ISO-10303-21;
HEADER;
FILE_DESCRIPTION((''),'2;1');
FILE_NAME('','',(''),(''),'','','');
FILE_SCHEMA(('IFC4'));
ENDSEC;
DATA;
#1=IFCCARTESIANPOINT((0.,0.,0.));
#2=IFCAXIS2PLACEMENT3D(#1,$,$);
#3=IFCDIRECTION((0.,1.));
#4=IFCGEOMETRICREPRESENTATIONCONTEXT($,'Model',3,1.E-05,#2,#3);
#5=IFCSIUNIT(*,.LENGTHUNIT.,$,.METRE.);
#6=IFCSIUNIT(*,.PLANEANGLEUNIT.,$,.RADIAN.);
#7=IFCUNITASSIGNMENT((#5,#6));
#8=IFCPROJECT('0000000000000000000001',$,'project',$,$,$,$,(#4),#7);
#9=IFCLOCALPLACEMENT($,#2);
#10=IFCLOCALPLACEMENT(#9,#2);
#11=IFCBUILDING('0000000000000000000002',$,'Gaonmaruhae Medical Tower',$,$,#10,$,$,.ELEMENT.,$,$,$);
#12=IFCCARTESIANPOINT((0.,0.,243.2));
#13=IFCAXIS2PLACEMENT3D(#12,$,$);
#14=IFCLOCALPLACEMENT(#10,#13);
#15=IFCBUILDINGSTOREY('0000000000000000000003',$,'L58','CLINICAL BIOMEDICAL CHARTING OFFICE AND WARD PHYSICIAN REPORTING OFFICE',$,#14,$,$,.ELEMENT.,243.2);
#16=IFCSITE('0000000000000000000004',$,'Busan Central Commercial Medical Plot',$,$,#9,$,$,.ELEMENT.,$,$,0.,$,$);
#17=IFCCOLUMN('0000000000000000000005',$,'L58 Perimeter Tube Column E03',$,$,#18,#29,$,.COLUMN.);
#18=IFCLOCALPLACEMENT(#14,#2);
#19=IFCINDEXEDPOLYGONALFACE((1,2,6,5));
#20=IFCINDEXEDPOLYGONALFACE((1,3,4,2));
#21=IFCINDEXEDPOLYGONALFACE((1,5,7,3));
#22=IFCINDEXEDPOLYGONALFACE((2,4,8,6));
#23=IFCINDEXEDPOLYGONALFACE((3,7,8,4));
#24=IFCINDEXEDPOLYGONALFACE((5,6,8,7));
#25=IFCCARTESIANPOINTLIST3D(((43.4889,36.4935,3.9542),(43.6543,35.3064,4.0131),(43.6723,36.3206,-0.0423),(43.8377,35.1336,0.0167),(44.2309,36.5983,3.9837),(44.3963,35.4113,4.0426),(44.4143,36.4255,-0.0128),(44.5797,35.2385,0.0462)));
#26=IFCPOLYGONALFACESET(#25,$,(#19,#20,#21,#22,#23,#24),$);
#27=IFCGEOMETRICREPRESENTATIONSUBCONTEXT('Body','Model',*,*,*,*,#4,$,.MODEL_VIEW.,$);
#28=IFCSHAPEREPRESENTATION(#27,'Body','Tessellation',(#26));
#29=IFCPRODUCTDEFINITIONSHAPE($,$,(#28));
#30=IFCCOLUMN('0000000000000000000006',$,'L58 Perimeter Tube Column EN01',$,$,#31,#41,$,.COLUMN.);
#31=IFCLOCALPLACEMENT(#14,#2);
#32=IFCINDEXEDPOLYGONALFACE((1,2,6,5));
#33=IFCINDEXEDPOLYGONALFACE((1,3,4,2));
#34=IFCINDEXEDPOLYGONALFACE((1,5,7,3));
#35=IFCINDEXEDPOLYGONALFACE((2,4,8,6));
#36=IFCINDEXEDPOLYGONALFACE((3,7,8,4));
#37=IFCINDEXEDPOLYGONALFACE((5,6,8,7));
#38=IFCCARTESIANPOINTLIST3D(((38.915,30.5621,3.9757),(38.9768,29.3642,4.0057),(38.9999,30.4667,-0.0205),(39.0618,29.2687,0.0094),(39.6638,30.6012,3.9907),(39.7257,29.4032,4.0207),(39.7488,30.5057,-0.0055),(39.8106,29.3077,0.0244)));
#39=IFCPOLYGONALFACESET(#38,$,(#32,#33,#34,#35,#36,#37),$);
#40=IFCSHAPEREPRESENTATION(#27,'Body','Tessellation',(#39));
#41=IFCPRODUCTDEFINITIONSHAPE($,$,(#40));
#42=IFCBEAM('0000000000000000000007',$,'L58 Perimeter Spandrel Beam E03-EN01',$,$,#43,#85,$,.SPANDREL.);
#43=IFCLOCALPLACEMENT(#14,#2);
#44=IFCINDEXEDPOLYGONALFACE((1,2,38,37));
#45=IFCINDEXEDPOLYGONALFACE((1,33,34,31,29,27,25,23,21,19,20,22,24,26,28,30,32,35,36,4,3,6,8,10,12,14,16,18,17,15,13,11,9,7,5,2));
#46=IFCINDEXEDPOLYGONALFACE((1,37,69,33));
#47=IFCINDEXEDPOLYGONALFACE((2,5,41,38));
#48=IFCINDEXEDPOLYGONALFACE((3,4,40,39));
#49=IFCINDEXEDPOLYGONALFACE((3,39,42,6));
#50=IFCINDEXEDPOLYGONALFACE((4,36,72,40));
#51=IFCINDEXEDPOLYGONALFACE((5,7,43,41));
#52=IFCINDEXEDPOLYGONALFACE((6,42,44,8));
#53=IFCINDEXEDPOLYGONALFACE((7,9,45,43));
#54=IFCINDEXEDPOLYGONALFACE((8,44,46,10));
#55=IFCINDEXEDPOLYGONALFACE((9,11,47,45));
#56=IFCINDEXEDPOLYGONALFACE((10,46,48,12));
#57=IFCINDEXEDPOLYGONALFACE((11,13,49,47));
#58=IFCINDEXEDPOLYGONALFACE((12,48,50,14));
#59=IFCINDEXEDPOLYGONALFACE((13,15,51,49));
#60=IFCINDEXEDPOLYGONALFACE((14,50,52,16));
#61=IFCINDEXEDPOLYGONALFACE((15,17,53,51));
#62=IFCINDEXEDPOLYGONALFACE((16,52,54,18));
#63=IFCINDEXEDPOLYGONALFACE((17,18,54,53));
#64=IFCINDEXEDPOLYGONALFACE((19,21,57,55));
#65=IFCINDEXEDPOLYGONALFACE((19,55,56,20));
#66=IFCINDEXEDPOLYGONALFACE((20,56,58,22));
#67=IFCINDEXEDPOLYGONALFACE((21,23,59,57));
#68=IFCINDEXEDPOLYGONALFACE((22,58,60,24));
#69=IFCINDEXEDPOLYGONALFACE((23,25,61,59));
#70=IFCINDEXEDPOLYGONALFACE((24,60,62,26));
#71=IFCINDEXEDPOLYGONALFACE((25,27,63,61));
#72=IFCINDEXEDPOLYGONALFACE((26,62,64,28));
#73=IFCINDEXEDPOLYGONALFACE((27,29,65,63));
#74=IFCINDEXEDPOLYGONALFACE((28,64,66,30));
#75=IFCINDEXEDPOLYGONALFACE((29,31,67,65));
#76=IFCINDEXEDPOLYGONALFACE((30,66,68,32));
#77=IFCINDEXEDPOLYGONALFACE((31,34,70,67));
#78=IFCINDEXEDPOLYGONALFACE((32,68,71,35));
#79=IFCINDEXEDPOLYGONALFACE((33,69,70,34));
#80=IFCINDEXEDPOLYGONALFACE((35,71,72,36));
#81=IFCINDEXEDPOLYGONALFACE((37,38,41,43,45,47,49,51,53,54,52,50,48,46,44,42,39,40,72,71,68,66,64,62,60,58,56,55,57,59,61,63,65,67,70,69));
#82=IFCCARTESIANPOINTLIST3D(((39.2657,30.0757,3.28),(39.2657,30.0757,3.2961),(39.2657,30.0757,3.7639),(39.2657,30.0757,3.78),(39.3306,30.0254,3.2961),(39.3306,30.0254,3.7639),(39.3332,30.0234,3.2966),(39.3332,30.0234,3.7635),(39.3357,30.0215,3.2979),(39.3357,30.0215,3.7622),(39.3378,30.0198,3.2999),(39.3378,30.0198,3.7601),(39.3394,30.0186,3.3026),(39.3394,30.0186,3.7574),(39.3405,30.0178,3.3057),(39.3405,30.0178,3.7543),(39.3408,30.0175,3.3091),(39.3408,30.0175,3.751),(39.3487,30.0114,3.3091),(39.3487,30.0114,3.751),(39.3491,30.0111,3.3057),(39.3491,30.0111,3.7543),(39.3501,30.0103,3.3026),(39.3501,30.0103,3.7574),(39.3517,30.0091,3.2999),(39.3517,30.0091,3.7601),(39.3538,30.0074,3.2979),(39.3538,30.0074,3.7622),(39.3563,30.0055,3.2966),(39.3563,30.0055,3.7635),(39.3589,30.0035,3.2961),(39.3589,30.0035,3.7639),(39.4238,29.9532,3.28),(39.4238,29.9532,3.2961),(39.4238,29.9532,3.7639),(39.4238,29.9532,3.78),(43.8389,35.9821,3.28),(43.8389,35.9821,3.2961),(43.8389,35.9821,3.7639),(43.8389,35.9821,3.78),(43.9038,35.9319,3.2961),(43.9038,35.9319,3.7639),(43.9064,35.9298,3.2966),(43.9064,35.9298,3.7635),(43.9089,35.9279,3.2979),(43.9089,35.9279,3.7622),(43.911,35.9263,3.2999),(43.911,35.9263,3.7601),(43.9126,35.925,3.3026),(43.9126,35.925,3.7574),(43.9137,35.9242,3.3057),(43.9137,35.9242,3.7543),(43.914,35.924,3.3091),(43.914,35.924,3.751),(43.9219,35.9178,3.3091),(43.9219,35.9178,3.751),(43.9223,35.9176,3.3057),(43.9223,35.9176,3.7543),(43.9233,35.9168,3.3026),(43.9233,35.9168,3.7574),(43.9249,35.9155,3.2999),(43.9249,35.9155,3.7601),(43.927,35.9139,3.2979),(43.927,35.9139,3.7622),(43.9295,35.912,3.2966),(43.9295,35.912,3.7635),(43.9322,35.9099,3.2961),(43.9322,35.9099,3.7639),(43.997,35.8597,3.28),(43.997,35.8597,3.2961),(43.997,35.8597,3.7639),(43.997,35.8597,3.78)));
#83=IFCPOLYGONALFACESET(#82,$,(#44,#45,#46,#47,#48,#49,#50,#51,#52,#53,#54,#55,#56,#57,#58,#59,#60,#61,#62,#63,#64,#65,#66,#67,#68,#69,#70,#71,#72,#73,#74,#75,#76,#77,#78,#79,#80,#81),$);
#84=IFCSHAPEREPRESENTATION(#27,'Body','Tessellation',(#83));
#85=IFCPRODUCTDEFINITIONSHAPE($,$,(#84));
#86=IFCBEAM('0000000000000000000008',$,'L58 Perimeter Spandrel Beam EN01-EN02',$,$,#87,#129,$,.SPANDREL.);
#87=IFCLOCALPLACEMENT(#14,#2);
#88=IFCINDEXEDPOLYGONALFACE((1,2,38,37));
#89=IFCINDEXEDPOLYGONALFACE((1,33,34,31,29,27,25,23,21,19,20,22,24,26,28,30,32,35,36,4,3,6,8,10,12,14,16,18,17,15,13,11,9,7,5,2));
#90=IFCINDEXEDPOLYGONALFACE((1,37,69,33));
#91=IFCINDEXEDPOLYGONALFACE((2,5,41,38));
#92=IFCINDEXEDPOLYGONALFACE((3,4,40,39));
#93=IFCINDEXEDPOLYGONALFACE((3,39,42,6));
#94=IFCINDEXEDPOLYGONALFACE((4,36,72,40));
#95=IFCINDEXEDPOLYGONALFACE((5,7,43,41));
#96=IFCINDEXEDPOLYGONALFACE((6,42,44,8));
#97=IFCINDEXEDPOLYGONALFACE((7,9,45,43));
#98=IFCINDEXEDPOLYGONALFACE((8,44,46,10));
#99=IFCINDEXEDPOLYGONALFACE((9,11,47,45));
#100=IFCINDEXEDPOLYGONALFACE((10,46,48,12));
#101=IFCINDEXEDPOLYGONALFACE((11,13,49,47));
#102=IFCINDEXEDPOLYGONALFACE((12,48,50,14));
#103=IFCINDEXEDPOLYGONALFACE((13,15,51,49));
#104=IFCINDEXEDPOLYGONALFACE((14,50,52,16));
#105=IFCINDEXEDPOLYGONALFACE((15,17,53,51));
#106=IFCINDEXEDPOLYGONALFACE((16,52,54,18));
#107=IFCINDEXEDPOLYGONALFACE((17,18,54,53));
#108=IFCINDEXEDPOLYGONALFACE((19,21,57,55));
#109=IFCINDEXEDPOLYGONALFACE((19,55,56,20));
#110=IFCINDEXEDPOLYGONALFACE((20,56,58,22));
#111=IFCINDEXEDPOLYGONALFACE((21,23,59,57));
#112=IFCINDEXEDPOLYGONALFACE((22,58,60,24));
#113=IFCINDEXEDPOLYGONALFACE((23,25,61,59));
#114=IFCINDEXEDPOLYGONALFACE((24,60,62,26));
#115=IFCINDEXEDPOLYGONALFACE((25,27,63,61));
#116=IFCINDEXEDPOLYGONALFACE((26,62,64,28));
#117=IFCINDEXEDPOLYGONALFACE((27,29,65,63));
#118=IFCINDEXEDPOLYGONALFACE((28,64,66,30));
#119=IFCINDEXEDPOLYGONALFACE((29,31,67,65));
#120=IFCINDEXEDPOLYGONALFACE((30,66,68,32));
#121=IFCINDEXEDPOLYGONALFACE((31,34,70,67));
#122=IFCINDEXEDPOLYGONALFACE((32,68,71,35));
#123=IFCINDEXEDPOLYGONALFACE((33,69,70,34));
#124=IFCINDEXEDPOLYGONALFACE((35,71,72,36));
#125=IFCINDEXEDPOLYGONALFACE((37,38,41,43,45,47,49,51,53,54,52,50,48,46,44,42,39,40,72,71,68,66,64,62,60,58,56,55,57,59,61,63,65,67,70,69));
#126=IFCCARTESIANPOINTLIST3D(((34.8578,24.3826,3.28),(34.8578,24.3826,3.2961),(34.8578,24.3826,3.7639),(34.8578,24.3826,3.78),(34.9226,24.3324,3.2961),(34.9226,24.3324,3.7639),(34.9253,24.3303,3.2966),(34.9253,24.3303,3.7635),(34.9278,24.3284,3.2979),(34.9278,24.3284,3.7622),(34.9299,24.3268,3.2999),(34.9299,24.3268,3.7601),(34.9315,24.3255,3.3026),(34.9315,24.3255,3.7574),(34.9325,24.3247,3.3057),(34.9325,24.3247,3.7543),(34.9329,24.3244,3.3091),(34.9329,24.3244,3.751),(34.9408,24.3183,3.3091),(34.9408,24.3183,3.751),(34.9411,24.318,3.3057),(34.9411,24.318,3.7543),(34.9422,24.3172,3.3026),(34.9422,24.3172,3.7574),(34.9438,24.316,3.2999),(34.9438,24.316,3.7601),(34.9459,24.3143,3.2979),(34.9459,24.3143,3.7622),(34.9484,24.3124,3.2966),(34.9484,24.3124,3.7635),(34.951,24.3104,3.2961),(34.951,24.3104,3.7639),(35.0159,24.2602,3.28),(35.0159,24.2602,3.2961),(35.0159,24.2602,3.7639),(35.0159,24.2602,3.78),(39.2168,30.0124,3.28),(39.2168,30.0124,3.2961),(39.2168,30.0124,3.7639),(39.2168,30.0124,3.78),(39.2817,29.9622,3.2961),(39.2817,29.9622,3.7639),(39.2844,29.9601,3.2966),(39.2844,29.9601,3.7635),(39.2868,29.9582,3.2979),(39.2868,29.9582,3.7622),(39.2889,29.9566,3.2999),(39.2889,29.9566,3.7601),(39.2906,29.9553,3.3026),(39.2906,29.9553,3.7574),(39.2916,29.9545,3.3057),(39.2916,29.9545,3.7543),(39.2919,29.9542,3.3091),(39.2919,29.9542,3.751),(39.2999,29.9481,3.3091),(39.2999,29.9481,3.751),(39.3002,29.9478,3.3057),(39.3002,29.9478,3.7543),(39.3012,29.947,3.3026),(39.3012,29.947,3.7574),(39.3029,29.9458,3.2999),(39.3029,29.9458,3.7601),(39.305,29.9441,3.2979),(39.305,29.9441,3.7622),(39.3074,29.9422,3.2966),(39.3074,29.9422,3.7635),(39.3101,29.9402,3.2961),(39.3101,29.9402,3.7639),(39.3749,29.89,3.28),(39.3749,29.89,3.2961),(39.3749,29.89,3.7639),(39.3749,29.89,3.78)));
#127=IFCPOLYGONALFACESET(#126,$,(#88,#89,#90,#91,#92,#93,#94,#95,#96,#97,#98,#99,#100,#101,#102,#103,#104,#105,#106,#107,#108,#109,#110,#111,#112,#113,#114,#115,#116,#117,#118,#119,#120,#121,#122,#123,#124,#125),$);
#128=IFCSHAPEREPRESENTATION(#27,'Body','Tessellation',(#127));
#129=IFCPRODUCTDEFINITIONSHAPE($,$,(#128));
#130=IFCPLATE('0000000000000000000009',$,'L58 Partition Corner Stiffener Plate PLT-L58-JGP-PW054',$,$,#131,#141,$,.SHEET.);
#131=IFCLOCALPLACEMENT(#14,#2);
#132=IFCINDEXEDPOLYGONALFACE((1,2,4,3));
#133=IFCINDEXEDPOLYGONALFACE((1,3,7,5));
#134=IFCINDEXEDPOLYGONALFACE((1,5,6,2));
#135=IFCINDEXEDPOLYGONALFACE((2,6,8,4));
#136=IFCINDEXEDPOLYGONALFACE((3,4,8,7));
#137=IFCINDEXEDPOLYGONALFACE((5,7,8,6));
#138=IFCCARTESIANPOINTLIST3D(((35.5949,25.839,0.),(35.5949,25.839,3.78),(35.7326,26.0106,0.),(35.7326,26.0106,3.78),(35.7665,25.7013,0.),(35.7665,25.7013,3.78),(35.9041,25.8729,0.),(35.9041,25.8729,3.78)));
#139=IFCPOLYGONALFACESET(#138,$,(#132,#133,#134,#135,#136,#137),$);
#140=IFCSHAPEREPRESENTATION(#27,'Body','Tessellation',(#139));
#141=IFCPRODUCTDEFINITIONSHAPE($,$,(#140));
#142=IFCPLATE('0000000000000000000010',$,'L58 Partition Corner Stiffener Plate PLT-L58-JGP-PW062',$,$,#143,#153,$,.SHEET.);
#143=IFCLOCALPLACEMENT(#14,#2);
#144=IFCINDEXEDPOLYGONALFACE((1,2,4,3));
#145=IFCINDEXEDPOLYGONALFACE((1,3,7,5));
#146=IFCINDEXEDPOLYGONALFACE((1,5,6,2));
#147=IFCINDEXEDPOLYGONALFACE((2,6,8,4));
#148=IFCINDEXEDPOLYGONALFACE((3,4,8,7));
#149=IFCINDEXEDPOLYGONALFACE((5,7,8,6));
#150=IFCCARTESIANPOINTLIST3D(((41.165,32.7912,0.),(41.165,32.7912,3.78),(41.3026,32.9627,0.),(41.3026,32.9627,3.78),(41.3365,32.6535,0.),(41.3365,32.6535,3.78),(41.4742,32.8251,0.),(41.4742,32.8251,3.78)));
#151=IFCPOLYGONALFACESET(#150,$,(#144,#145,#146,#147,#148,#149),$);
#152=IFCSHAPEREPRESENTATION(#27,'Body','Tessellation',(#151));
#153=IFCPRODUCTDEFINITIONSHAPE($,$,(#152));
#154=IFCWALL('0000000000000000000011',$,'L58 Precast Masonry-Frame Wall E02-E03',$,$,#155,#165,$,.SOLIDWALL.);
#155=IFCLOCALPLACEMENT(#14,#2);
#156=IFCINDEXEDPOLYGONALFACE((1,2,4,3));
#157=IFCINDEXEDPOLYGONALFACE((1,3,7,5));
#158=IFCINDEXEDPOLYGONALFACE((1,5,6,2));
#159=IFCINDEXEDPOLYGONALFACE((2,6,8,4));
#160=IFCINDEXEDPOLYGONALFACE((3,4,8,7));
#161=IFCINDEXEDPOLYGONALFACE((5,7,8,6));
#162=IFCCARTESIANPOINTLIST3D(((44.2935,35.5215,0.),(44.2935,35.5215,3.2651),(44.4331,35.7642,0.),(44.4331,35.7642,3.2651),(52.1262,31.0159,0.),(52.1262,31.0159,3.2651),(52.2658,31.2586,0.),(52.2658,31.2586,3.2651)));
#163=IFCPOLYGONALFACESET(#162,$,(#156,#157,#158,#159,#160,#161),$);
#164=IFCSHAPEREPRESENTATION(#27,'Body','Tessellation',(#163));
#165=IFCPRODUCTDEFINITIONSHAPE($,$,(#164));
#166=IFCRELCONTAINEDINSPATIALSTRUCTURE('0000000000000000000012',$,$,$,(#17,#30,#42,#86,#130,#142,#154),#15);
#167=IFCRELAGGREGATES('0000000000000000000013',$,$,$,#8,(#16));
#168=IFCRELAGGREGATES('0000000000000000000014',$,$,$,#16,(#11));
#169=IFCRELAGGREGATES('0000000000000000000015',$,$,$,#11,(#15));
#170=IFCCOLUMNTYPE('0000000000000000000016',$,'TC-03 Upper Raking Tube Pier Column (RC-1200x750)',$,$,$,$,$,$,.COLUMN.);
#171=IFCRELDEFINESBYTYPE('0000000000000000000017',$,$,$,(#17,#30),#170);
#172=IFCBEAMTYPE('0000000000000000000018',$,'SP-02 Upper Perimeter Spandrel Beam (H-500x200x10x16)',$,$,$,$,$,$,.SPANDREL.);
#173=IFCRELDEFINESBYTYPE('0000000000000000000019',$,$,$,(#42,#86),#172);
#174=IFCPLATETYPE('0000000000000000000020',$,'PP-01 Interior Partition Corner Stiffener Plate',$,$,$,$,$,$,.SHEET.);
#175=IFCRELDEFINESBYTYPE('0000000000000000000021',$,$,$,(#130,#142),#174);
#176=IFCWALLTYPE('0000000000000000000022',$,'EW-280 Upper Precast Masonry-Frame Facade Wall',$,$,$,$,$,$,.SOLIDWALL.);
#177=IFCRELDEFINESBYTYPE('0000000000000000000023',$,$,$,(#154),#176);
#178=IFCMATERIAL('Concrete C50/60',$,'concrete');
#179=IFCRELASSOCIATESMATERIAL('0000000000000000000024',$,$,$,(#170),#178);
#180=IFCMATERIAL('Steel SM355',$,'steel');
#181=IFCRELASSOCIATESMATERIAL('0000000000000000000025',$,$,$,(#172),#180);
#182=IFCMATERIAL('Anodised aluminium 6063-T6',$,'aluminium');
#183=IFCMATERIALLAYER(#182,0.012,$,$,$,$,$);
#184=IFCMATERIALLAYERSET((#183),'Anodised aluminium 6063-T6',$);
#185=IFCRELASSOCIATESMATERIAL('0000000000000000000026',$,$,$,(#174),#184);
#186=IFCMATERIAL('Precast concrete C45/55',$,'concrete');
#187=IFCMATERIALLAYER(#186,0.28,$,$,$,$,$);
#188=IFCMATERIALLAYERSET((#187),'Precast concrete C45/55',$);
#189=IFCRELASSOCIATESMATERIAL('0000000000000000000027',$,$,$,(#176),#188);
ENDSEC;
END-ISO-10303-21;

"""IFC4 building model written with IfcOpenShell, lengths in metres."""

from ifc_helpers import new_model, si_unit, direction, frame, frame_2d, origin, origin_2d, place, context, subcontext, project, spatial, rectangle, i_section, extrude, material, layer, layer_set, material_profile, profile_set, type_object, element, save


model = new_model("IFC4")

# Units and contexts
model_context = context("Model", 3, precision=1e-05, world=origin(), true_north=direction((0.0, 1.0)))
body_context = subcontext(model_context, "Body", "Model", "MODEL_VIEW")
ifc_project = project(units=[si_unit("LENGTHUNIT", "METRE"), si_unit("PLANEANGLEUNIT", "RADIAN")], contexts=[model_context])

# Site, building, storey
site_placement = place(None, origin())
site = spatial("IfcSite", under=ifc_project, at=site_placement, Name="Busan Central Commercial Medical Plot", CompositionType="ELEMENT", RefElevation=0.0)
building_placement = place(site_placement, origin())
building = spatial("IfcBuilding", under=site, at=building_placement, Name="Gaonmaruhae Medical Tower", CompositionType="ELEMENT")
storey_placement = place(building_placement, frame((0.0, 0.0, 243.2)))
storey = spatial("IfcBuildingStorey", under=building, at=storey_placement, Name="L58", Description="CLINICAL BIOMEDICAL CHARTING OFFICE AND WARD PHYSICIAN REPORTING OFFICE", CompositionType="ELEMENT", Elevation=243.2)

# Columns
ifc_material_1 = material(Name="Concrete C50/60", Category="concrete")
ifc_material_profile_1 = material_profile(ifc_material_1, rectangle(XDim=1.2, YDim=0.75, at=origin_2d()), Name="RC-1200x750")
ifc_profile_set_1 = profile_set([ifc_material_profile_1], Name="Concrete C50/60")
column_type = type_object("IfcColumnType", Name="TC-03 Upper Raking Tube Pier Column (RC-1200x750)", PredefinedType="COLUMN", material=ifc_profile_set_1)
column_1_placement = place(storey_placement, frame((44.126, 35.7795, 0.002), z_axis=(-0.045788, 0.043167, 0.998018), x_axis=(0.137843, -0.989236, 0.049111)))
element("IfcColumn", 1, at=column_1_placement, inside=storey, type_object=column_type, Name="L58 Perimeter Tube Column E03", PredefinedType="COLUMN", context=body_context, shape_type="SweptSolid", body=[
    extrude(rectangle(XDim=1.2, YDim=0.75, at=origin_2d()), origin(), (0.0, 0.0, 1.0), 4.0044),
])
column_2_placement = place(storey_placement, frame((39.4053, 29.8872, 0.002), z_axis=(-0.021249, 0.023874, 0.999489), x_axis=(0.051546, -0.998359, 0.024943)))
element("IfcColumn", 2, at=column_2_placement, inside=storey, type_object=column_type, Name="L58 Perimeter Tube Column EN01", PredefinedType="COLUMN", context=body_context, shape_type="SweptSolid", body=[
    extrude(rectangle(XDim=1.2, YDim=0.75, at=origin_2d()), origin(), (0.0, 0.0, 1.0), 3.9983),
])

# Beams
ifc_material_2 = material(Name="Steel SM355", Category="steel")
ifc_material_profile_2 = material_profile(ifc_material_2, i_section(OverallWidth=0.2, OverallDepth=0.5, WebThickness=0.01, FlangeThickness=0.0161, FilletRadius=0.0129, at=origin_2d()), Name="H-500x200x10x16")
ifc_profile_set_2 = profile_set([ifc_material_profile_2], Name="Steel SM355")
beam_type = type_object("IfcBeamType", Name="SP-02 Upper Perimeter Spandrel Beam (H-500x200x10x16)", PredefinedType="SPANDREL", material=ifc_profile_set_2)
beam_1_placement = place(storey_placement, frame((43.918, 35.9209, 3.53), z_axis=(-0.612213, -0.790693, 0.0), x_axis=(0.790693, -0.612213, 0.0)))
element("IfcBeam", 3, at=beam_1_placement, inside=storey, type_object=beam_type, Name="L58 Perimeter Spandrel Beam E03-EN01", PredefinedType="SPANDREL", context=body_context, shape_type="SweptSolid", body=[
    extrude(i_section(OverallWidth=0.2, OverallDepth=0.5, WebThickness=0.01, FlangeThickness=0.0161, FilletRadius=0.0129, at=origin_2d()), origin(), (0.0, 0.0, 1.0), 7.47),
])
beam_2_placement = place(storey_placement, frame((39.2959, 29.9512, 3.53), z_axis=(-0.612218, -0.790689, 0.0), x_axis=(0.790689, -0.612218, 0.0)))
element("IfcBeam", 4, at=beam_2_placement, inside=storey, type_object=beam_type, Name="L58 Perimeter Spandrel Beam EN01-EN02", PredefinedType="SPANDREL", context=body_context, shape_type="SweptSolid", body=[
    extrude(i_section(OverallWidth=0.2, OverallDepth=0.5, WebThickness=0.01, FlangeThickness=0.0161, FilletRadius=0.0129, at=origin_2d()), origin(), (0.0, 0.0, 1.0), 7.1201),
])

# Plates
ifc_material_3 = material(Name="Anodised aluminium 6063-T6", Category="aluminium")
ifc_layer_1 = layer(ifc_material_3, 0.012)
ifc_layer_set_1 = layer_set([ifc_layer_1], Name="Anodised aluminium 6063-T6")
plate_type = type_object("IfcPlateType", Name="PP-01 Interior Partition Corner Stiffener Plate", PredefinedType="SHEET", material=ifc_layer_set_1)
for number, where, z_axis, x_axis, name in (
    (5, (35.7495, 25.856, 0.0), (0.0, 0.0, 1.0), (0.779972, -0.625815, 0.0), "L58 Partition Corner Stiffener Plate PLT-L58-JGP-PW054"),
    (6, (41.3196, 32.8081, 0.0), (0.0, 0.0, 1.0), (0.779972, -0.625815, 0.0), "L58 Partition Corner Stiffener Plate PLT-L58-JGP-PW062"),
):
    element("IfcPlate", number, at=place(storey_placement, frame(where, z_axis=z_axis, x_axis=x_axis)), inside=storey, type_object=plate_type, Name=name, PredefinedType="SHEET", context=body_context, shape_type="SweptSolid", body=[
        extrude(rectangle(XDim=0.22, YDim=0.22, at=origin_2d()), origin(), (0.0, 0.0, 1.0), 3.78),
    ])

# Wall
ifc_material_4 = material(Name="Precast concrete C45/55", Category="concrete")
ifc_layer_2 = layer(ifc_material_4, 0.28)
ifc_layer_set_2 = layer_set([ifc_layer_2], Name="Precast concrete C45/55")
wall_type_1 = type_object("IfcWallType", Name="EW-280 Upper Precast Masonry-Frame Facade Wall", PredefinedType="SOLIDWALL", material=ifc_layer_set_2)
wall_1_placement = place(storey_placement, frame((44.3633, 35.6428, 0.0), z_axis=(0.0, 0.0, 1.0), x_axis=(0.866821, -0.498619, 0.0)))
element("IfcWall", 7, at=wall_1_placement, inside=storey, type_object=wall_type_1, Name="L58 Precast Masonry-Frame Wall E02-E03", PredefinedType="SOLIDWALL", context=body_context, shape_type="SweptSolid", body=[
    extrude(rectangle(XDim=9.0361, YDim=0.28, at=frame_2d((4.5181, 0.0))), origin(), (0.0, 0.0, 1.0), 3.2651),
])

save(model, "model.ifc")
